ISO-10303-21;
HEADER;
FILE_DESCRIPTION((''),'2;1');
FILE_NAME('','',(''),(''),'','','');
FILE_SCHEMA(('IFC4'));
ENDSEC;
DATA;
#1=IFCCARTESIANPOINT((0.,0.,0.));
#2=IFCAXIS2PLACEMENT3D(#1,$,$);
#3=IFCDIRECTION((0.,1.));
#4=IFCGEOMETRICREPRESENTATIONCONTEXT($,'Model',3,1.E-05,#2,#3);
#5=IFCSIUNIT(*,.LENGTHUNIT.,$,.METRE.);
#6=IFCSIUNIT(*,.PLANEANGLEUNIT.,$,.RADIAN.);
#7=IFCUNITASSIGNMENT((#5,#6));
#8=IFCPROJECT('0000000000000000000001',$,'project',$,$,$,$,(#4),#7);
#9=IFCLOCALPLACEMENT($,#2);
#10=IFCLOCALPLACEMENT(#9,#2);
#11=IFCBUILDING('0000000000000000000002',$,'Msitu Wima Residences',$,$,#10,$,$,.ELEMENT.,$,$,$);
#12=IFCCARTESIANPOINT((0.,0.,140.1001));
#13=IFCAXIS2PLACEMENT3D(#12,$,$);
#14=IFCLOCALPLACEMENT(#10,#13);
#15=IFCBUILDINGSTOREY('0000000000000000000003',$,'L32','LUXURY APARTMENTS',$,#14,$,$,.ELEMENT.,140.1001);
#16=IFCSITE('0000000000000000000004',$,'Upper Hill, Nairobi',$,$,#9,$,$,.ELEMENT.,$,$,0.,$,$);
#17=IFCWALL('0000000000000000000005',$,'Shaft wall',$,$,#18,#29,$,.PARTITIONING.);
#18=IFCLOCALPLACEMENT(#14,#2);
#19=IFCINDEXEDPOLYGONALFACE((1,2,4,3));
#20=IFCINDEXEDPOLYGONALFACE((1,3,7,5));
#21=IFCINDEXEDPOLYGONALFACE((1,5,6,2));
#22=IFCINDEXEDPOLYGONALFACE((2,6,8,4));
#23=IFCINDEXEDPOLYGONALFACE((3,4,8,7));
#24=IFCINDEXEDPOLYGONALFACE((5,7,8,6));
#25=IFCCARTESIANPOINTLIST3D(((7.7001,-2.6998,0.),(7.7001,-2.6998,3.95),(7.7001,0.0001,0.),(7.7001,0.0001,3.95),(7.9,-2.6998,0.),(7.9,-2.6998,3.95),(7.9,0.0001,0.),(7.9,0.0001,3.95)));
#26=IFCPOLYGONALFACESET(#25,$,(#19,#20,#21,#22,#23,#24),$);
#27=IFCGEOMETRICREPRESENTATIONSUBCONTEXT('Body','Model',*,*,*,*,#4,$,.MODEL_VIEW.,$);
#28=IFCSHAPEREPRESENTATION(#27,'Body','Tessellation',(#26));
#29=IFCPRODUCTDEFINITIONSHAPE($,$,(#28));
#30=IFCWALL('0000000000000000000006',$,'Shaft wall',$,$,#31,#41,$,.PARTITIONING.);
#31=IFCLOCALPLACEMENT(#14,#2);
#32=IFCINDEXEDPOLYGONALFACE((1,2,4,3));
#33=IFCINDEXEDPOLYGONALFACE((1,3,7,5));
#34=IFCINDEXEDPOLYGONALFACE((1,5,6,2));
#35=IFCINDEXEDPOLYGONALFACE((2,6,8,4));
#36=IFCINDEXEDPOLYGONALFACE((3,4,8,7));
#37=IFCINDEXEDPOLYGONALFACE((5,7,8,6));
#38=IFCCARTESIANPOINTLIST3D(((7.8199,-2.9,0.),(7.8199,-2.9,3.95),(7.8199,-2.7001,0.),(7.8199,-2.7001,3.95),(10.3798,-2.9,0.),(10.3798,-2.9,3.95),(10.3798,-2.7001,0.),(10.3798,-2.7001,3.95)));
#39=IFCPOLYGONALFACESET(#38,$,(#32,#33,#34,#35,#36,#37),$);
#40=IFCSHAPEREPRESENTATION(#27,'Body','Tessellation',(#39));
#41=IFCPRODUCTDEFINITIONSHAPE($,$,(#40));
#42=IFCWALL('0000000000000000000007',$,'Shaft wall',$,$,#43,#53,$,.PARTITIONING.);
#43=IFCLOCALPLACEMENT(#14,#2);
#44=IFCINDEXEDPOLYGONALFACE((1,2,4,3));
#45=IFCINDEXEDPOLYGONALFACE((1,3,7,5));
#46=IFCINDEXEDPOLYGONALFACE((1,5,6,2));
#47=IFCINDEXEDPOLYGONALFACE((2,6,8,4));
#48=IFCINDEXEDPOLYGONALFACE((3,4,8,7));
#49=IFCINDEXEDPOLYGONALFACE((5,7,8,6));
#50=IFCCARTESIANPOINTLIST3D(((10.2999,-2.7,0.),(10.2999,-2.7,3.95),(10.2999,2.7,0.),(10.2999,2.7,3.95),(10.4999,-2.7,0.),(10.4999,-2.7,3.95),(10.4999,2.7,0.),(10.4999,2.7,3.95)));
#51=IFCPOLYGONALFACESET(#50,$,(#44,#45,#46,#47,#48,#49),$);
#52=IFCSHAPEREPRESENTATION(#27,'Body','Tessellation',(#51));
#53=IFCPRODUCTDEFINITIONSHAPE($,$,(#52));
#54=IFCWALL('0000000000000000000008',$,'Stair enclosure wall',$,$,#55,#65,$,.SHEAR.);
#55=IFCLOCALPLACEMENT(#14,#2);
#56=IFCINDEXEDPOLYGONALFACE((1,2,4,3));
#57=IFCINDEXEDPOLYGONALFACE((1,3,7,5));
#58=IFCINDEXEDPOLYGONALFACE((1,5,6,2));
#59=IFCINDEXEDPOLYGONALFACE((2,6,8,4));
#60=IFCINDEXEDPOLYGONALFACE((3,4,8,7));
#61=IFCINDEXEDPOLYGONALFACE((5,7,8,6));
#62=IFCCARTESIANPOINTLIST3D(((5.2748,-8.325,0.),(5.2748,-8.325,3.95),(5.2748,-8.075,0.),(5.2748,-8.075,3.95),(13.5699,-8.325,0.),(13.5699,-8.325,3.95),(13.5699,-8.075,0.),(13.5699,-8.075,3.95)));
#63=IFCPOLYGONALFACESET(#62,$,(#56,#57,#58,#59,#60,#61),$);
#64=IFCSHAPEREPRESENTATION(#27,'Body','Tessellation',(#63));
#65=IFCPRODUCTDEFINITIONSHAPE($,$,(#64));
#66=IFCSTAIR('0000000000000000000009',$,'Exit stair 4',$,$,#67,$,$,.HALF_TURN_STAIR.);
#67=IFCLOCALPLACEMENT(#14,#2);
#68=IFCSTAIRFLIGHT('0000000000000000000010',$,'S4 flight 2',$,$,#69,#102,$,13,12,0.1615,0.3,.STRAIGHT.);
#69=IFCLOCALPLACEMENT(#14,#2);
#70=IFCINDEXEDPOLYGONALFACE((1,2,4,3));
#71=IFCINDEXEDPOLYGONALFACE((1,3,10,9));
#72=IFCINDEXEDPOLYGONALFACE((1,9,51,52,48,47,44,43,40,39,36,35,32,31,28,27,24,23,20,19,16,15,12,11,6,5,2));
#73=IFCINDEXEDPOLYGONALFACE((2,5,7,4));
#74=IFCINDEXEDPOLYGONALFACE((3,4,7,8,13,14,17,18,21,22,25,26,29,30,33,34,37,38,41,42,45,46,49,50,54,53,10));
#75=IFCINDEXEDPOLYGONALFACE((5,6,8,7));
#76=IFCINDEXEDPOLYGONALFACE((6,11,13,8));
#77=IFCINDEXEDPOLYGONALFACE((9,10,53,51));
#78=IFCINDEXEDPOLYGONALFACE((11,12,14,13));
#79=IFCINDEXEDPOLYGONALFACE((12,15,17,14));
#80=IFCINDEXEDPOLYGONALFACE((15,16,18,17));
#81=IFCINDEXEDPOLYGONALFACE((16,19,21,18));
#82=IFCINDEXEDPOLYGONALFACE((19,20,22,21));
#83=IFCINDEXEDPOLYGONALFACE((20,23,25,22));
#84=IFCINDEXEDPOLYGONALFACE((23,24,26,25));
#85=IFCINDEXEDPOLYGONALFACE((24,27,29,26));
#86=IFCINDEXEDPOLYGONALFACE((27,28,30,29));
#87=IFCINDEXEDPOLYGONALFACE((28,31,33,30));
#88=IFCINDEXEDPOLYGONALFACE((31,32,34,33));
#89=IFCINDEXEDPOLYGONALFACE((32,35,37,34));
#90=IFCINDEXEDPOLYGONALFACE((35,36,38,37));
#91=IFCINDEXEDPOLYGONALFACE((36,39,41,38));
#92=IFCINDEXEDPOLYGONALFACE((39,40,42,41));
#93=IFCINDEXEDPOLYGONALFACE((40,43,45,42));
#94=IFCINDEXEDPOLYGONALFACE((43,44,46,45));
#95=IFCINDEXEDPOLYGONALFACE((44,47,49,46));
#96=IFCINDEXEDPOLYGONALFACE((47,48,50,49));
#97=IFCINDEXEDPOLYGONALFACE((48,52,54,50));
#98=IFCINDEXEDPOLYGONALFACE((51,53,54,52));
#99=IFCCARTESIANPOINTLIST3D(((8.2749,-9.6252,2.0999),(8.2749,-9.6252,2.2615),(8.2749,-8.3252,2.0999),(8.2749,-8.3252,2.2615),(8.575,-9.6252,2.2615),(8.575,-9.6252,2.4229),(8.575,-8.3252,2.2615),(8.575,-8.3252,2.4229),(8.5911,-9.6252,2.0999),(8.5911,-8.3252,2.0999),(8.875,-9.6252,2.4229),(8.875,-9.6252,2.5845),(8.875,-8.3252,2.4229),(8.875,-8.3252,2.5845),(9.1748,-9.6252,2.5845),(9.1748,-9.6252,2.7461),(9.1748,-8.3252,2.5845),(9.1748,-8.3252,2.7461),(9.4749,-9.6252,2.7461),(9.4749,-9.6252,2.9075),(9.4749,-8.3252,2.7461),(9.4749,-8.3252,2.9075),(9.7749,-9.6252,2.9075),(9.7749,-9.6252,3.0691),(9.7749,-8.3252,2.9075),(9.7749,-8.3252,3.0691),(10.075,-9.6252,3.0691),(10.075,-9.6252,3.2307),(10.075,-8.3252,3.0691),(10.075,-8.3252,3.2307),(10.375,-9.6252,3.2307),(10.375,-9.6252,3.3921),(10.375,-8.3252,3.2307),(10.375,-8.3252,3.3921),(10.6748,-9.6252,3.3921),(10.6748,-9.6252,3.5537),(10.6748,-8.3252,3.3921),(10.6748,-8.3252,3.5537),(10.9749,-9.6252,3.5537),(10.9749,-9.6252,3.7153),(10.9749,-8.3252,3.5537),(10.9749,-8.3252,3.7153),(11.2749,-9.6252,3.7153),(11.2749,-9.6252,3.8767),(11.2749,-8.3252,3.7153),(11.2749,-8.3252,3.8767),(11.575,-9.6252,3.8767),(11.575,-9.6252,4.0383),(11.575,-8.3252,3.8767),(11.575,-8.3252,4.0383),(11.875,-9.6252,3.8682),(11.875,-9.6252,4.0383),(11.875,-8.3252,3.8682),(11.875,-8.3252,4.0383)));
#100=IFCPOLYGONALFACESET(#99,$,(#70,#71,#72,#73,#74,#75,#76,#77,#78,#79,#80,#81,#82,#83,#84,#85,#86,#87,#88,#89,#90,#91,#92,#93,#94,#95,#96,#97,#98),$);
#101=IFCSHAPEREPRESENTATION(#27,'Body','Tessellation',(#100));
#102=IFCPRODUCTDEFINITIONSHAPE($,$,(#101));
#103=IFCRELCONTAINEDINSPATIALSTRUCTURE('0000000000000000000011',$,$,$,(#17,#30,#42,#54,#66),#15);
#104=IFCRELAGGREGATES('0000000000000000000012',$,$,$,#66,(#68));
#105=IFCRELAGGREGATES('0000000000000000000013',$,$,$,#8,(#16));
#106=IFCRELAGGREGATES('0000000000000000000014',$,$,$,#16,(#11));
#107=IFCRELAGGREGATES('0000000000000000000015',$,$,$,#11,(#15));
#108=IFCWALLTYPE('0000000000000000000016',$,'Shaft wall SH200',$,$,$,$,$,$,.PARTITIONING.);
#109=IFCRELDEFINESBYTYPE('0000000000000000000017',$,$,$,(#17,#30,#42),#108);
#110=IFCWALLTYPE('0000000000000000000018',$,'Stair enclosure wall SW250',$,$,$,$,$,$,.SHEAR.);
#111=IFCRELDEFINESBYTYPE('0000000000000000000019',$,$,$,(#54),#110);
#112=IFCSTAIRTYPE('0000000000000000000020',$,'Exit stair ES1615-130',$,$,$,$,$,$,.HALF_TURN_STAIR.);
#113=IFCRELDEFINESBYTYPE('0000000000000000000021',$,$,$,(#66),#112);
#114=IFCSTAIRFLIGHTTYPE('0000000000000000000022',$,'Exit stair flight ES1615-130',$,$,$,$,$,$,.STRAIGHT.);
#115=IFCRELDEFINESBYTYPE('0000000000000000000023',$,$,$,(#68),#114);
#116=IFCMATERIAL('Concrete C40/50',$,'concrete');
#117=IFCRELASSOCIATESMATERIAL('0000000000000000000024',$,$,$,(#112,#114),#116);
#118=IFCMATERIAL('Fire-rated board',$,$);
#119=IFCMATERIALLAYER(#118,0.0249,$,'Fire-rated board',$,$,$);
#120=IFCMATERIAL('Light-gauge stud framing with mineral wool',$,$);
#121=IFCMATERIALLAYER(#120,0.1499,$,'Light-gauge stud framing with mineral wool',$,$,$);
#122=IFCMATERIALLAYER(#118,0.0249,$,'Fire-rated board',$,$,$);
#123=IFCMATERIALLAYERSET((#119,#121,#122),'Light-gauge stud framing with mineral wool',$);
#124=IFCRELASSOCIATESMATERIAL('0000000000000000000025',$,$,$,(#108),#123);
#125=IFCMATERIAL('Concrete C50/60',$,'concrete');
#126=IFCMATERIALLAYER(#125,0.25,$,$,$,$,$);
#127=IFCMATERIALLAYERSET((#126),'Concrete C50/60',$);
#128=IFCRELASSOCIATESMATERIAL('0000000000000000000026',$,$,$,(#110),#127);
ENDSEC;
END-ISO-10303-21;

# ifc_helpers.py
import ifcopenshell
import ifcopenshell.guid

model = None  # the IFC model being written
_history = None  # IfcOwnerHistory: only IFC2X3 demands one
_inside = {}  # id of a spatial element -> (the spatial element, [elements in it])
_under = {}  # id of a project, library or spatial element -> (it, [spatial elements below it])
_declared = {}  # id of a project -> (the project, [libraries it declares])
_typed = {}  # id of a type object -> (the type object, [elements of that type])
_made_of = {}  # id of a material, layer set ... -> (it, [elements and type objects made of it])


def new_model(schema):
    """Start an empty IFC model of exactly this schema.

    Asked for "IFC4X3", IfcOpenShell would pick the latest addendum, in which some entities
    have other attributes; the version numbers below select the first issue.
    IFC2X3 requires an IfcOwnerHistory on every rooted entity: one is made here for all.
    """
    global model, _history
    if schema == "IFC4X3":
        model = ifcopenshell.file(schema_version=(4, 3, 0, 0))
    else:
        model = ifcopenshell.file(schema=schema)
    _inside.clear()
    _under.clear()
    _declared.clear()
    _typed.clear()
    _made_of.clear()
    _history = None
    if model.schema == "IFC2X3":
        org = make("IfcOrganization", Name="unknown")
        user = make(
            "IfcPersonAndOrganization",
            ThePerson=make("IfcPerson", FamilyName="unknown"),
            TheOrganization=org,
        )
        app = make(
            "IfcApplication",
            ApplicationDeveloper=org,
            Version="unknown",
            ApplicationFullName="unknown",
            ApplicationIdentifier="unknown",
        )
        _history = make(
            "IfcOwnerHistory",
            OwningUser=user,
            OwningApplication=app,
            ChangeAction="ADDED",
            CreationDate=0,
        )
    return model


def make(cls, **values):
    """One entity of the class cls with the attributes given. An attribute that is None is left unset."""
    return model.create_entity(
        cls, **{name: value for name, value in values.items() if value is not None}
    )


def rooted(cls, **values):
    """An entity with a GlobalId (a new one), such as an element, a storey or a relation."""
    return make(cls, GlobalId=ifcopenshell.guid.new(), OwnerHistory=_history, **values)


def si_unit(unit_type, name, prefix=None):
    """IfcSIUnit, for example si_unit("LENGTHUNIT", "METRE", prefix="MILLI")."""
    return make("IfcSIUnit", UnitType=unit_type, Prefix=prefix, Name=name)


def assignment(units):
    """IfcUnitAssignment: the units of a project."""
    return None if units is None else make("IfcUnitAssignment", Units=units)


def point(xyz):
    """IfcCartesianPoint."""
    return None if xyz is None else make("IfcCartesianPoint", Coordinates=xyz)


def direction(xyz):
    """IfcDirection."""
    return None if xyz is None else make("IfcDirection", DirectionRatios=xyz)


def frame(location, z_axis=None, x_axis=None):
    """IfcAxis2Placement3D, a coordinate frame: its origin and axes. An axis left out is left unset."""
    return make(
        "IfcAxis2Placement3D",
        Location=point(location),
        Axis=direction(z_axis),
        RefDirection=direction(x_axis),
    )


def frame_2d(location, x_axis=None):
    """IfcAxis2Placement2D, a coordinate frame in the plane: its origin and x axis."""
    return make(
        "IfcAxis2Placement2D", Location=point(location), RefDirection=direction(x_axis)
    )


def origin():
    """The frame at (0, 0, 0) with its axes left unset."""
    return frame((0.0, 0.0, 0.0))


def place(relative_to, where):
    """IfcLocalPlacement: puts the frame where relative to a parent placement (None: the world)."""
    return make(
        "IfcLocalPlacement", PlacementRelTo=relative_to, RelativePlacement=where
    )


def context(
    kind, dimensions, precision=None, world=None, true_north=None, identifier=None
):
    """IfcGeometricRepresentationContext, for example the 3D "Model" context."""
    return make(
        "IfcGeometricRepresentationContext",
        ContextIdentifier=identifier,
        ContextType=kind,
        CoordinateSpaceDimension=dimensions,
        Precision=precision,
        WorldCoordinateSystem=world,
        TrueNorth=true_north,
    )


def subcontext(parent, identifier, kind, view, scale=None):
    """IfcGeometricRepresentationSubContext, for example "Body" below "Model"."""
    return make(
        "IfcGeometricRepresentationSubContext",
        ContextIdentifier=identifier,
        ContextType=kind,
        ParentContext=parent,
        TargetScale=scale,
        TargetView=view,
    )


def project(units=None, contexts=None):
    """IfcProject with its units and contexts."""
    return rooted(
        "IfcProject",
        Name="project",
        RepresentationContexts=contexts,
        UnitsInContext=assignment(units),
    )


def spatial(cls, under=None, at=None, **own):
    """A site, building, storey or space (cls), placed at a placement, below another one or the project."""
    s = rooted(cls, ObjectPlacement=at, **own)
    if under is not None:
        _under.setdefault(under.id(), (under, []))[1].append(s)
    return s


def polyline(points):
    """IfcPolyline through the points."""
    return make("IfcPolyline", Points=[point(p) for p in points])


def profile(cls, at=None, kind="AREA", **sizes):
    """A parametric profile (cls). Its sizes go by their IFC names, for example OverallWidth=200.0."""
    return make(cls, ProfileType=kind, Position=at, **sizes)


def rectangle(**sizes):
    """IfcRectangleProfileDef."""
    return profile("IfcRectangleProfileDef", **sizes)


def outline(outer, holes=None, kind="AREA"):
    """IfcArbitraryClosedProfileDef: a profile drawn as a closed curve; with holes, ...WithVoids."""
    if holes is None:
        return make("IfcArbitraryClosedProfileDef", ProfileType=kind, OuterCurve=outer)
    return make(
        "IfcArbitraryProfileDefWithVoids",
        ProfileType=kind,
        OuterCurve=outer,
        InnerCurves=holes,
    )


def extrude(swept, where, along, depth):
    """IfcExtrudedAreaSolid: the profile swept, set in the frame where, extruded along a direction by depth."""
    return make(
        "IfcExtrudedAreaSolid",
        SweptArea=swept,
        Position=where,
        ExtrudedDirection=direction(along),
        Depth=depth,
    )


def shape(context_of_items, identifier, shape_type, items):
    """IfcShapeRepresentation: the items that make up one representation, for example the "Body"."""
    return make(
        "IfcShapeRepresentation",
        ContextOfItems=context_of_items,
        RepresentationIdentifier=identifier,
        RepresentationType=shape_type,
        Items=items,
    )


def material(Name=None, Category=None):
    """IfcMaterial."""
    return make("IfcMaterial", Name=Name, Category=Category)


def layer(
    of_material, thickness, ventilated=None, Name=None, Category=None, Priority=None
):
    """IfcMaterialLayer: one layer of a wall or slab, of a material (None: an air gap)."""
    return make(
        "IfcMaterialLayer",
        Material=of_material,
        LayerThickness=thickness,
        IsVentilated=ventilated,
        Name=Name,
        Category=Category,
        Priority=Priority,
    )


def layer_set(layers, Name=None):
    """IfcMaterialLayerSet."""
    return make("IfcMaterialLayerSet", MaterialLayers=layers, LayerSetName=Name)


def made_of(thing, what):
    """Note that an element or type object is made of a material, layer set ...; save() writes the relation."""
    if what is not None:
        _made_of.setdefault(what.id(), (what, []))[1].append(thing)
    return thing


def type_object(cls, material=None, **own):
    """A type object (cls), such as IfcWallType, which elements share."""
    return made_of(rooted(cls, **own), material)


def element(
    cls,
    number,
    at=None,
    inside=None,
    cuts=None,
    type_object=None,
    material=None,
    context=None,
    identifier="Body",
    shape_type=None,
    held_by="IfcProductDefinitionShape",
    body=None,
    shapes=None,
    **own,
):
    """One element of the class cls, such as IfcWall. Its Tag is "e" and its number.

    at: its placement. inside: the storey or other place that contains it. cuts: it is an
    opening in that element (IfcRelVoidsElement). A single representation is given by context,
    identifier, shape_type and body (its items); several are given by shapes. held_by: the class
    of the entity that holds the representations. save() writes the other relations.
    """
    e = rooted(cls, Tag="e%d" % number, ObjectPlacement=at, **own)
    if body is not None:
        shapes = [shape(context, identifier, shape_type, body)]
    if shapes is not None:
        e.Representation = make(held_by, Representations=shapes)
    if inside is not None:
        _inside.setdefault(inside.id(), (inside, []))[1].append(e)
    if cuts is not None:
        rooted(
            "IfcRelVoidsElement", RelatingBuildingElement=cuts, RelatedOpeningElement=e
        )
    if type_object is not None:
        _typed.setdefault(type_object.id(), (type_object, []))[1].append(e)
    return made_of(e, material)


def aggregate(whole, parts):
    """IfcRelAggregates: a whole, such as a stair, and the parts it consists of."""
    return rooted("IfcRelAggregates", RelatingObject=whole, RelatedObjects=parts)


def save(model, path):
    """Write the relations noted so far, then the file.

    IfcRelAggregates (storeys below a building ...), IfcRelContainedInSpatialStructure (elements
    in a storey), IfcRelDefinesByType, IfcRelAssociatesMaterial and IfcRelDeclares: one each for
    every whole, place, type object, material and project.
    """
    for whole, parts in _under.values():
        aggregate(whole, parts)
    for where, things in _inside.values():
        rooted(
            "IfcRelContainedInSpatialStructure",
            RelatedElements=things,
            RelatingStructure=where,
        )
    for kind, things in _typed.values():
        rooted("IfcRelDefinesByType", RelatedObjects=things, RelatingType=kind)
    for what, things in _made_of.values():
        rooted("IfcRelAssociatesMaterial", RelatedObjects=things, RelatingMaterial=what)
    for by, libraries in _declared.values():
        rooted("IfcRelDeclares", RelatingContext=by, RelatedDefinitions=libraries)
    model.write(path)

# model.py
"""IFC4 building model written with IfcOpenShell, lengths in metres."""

from ifc_helpers import new_model, si_unit, direction, frame, frame_2d, origin, place, context, subcontext, project, spatial, polyline, rectangle, outline, extrude, material, layer, layer_set, type_object, element, aggregate, save


model = new_model("IFC4")

# Units and contexts
model_context = context("Model", 3, precision=1e-05, world=origin(), true_north=direction((0.0, 1.0)))
body_context = subcontext(model_context, "Body", "Model", "MODEL_VIEW")
ifc_project = project(units=[si_unit("LENGTHUNIT", "METRE"), si_unit("PLANEANGLEUNIT", "RADIAN")], contexts=[model_context])

# Site, building, storey
site_placement = place(None, origin())
site = spatial("IfcSite", under=ifc_project, at=site_placement, Name="Upper Hill, Nairobi", CompositionType="ELEMENT", RefElevation=0.0)
building_placement = place(site_placement, origin())
building = spatial("IfcBuilding", under=site, at=building_placement, Name="Msitu Wima Residences", CompositionType="ELEMENT")
storey_placement = place(building_placement, frame((0.0, 0.0, 140.1001)))
storey = spatial("IfcBuildingStorey", under=building, at=storey_placement, Name="L32", Description="LUXURY APARTMENTS", CompositionType="ELEMENT", Elevation=140.1001)

# Shared definitions
ifc_material_1 = material(Name="Concrete C40/50", Category="concrete")

# Shared definitions
stair_type = type_object("IfcStairType", Name="Exit stair ES1615-130", PredefinedType="HALF_TURN_STAIR", material=ifc_material_1)

# Walls
ifc_material_2 = material(Name="Fire-rated board")
ifc_layer_1 = layer(ifc_material_2, 0.0249, Name="Fire-rated board")
ifc_material_3 = material(Name="Light-gauge stud framing with mineral wool")
ifc_layer_2 = layer(ifc_material_3, 0.1499, Name="Light-gauge stud framing with mineral wool")
ifc_layer_3 = layer(ifc_material_2, 0.0249, Name="Fire-rated board")
ifc_layer_set_1 = layer_set([ifc_layer_1, ifc_layer_2, ifc_layer_3], Name="Light-gauge stud framing with mineral wool")
wall_type_1 = type_object("IfcWallType", Name="Shaft wall SH200", PredefinedType="PARTITIONING", material=ifc_layer_set_1)
wall_1_placement = place(storey_placement, frame((7.8, -2.7, 0.0), z_axis=(0.0, 0.0, 1.0), x_axis=(0.0, 1.0, 0.0)))
element("IfcWall", 1, at=wall_1_placement, inside=storey, type_object=wall_type_1, Name="Shaft wall", PredefinedType="PARTITIONING", context=body_context, shape_type="SweptSolid", body=[
    extrude(rectangle(XDim=2.7, YDim=0.2, at=frame_2d((1.3501, 0.0))), origin(), (0.0, 0.0, 1.0), 3.95),
])
wall_2_placement = place(storey_placement, frame((7.8201, -2.8, 0.0), z_axis=(0.0, 0.0, 1.0), x_axis=(1.0, 0.0, 0.0)))
element("IfcWall", 2, at=wall_2_placement, inside=storey, type_object=wall_type_1, Name="Shaft wall", PredefinedType="PARTITIONING", context=body_context, shape_type="SweptSolid", body=[
    extrude(rectangle(XDim=2.5598, YDim=0.2, at=frame_2d((1.2798, 0.0))), origin(), (0.0, 0.0, 1.0), 3.95),
])
wall_3_placement = place(storey_placement, frame((10.3999, -2.7, 0.0), z_axis=(0.0, 0.0, 1.0), x_axis=(0.0, 1.0, 0.0)))
element("IfcWall", 3, at=wall_3_placement, inside=storey, type_object=wall_type_1, Name="Shaft wall", PredefinedType="PARTITIONING", context=body_context, shape_type="SweptSolid", body=[
    extrude(rectangle(XDim=5.3999, YDim=0.2, at=frame_2d((2.7, 0.0))), origin(), (0.0, 0.0, 1.0), 3.95),
])
ifc_material_4 = material(Name="Concrete C50/60", Category="concrete")
ifc_layer_4 = layer(ifc_material_4, 0.25)
ifc_layer_set_2 = layer_set([ifc_layer_4], Name="Concrete C50/60")
wall_type_2 = type_object("IfcWallType", Name="Stair enclosure wall SW250", PredefinedType="SHEAR", material=ifc_layer_set_2)
wall_4_placement = place(storey_placement, frame((5.2749, -8.2, 0.0), z_axis=(0.0, 0.0, 1.0), x_axis=(1.0, 0.0, 0.0)))
element("IfcWall", 4, at=wall_4_placement, inside=storey, type_object=wall_type_2, Name="Stair enclosure wall", PredefinedType="SHEAR", context=body_context, shape_type="SweptSolid", body=[
    extrude(rectangle(XDim=8.2952, YDim=0.25, at=frame_2d((4.1475, 0.0))), origin(), (0.0, 0.0, 1.0), 3.95),
])

# Stair, stair flight
stair_1_placement = place(storey_placement, origin())
stair_1 = element("IfcStair", 5, at=stair_1_placement, inside=storey, type_object=stair_type, Name="Exit stair 4", PredefinedType="HALF_TURN_STAIR")
stair_flight_type = type_object("IfcStairFlightType", Name="Exit stair flight ES1615-130", PredefinedType="STRAIGHT", material=ifc_material_1)
stair_flight_placement = place(storey_placement, frame((8.2749, -8.9751, 2.0999), z_axis=(0.0, 0.0, 1.0), x_axis=(1.0, 0.0, 0.0)))
stair_flight = element("IfcStairFlight", 6, at=stair_flight_placement, type_object=stair_flight_type, Name="S4 flight 2", NumberOfRisers=13, NumberOfTreads=12, PredefinedType="STRAIGHT", RiserHeight=0.1615, TreadLength=0.3, context=body_context, shape_type="SweptSolid", body=[
    extrude(outline(polyline([(0.0, 0.0), (0.0, 0.1616), (0.3, 0.1616), (0.3, 0.323), (0.6001, 0.323), (0.6001, 0.4846), (0.8999, 0.4846), (0.8999, 0.6462), (1.2, 0.6462), (1.2, 0.8076), (1.5, 0.8076), (1.5, 0.9692), (1.8, 0.9692), (1.8, 1.1309), (2.1001, 1.1309), (2.1001, 1.2922), (2.3999, 1.2922), (2.3999, 1.4539), (2.7, 1.4539), (2.7, 1.6155), (3.0, 1.6155), (3.0, 1.7769), (3.3, 1.7769), (3.3, 1.9385), (3.6001, 1.9385), (3.6001, 2.1001), (3.6001, 1.7683), (0.3162, 0.0), (0.0, 0.0)])), frame((0.0, 0.6499, 0.0), z_axis=(0.0, -1.0, 0.0), x_axis=(1.0, 0.0, 0.0)), (0.0, 0.0, 1.0), 1.3),
])
aggregate(stair_1, [stair_flight])

save(model, "model.ifc")
